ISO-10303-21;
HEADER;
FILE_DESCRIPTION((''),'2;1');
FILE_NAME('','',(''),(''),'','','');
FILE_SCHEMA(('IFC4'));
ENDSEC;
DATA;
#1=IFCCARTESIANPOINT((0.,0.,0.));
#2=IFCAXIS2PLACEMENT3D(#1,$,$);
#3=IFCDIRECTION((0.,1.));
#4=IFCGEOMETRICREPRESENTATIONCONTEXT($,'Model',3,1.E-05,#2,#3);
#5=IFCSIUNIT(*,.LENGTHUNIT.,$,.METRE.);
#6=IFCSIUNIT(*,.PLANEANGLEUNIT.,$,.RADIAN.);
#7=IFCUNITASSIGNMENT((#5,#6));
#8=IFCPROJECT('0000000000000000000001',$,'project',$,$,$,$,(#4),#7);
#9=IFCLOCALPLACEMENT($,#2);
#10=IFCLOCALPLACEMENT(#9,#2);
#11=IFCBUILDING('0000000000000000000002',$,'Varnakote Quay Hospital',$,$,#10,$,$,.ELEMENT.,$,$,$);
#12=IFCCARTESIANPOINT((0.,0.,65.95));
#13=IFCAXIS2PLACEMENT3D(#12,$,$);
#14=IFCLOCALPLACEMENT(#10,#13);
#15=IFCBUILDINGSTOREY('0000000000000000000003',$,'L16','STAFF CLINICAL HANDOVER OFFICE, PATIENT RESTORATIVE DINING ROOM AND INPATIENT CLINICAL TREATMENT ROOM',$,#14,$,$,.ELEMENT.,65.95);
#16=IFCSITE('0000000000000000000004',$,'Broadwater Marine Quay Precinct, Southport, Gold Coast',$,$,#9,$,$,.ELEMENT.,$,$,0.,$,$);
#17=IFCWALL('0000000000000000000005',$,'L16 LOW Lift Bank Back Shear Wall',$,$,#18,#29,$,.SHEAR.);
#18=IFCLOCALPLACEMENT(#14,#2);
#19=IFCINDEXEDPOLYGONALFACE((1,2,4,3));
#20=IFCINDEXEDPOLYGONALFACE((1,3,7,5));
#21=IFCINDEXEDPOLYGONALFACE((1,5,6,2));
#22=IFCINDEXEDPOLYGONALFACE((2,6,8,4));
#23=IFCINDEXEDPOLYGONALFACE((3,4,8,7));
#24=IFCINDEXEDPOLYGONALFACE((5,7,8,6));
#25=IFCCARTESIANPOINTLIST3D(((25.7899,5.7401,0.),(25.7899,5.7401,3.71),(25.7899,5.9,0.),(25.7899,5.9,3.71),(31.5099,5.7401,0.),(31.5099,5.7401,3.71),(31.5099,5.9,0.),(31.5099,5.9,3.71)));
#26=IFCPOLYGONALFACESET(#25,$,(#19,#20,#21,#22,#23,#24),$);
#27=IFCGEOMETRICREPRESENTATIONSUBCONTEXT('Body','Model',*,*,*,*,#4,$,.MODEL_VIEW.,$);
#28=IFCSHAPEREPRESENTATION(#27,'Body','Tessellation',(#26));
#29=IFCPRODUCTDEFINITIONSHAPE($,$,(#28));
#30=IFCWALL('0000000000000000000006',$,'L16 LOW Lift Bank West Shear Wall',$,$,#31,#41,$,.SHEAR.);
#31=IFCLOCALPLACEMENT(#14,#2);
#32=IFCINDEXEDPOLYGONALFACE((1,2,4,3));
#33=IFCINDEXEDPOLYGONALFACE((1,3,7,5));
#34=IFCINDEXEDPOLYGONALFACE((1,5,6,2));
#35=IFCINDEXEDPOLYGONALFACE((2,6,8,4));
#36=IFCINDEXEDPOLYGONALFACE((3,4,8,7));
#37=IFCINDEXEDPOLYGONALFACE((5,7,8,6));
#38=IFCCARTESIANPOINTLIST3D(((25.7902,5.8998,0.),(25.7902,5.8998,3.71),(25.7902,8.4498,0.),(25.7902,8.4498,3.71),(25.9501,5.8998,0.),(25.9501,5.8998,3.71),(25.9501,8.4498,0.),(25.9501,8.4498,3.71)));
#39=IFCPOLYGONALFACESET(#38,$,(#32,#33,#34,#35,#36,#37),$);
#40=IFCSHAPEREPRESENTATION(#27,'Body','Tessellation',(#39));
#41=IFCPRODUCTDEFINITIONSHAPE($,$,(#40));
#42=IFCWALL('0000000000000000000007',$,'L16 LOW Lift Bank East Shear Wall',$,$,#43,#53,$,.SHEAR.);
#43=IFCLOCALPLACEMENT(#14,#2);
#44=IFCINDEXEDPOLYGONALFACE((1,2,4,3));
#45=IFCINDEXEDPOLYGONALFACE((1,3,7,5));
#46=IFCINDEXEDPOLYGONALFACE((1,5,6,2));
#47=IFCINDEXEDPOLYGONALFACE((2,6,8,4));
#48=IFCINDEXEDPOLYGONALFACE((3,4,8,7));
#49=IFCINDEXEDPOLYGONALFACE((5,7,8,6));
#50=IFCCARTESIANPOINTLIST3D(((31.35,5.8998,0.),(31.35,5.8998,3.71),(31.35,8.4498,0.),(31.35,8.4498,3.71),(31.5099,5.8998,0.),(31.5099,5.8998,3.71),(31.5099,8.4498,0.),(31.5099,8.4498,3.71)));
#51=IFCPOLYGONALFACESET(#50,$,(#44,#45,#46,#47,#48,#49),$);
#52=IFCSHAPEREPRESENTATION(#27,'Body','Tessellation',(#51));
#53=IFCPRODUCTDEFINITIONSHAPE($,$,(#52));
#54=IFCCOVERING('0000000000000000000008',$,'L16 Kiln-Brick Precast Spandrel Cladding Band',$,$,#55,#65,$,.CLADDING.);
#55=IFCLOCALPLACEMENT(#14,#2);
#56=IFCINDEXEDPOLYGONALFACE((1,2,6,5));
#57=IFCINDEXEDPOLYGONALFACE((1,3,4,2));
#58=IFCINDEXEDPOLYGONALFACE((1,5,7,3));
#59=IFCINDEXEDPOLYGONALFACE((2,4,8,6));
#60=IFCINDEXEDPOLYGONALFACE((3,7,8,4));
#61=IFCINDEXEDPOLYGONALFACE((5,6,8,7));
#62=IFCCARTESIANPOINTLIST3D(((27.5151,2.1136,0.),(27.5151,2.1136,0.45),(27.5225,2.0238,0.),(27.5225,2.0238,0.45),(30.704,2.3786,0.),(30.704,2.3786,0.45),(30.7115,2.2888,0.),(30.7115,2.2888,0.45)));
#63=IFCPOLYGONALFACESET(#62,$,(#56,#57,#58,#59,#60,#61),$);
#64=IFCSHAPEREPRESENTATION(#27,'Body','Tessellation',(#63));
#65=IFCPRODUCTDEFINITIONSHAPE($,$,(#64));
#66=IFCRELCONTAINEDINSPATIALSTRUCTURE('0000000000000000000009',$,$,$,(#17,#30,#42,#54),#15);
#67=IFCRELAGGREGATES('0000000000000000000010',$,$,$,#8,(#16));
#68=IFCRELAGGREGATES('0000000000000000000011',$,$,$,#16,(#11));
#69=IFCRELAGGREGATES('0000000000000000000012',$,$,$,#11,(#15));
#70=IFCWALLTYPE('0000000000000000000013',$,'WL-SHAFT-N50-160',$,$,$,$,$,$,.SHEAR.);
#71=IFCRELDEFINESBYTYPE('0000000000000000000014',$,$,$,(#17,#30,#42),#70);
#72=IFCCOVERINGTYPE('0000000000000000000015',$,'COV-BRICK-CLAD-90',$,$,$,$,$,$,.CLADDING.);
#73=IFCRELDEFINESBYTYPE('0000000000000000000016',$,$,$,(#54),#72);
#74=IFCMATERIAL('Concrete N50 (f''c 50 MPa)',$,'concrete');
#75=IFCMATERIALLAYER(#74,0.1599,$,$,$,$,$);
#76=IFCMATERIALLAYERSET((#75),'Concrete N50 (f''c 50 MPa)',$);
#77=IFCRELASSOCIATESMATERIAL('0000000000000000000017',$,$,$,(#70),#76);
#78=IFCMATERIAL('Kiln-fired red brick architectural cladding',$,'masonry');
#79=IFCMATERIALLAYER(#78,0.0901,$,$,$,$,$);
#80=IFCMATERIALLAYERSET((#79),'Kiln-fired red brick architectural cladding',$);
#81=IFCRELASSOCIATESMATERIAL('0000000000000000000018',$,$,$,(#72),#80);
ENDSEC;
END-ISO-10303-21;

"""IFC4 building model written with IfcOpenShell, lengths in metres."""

from ifc_helpers import new_model, si_unit, direction, frame, frame_2d, origin, origin_2d, place, context, subcontext, project, spatial, rectangle, extrude, material, layer, layer_set, type_object, element, save


model = new_model("IFC4")

# Units and contexts
model_context = context("Model", 3, precision=1e-05, world=origin(), true_north=direction((0.0, 1.0)))
body_context = subcontext(model_context, "Body", "Model", "MODEL_VIEW")
ifc_project = project(units=[si_unit("LENGTHUNIT", "METRE"), si_unit("PLANEANGLEUNIT", "RADIAN")], contexts=[model_context])

# Site, building, storey
site_placement = place(None, origin())
site = spatial("IfcSite", under=ifc_project, at=site_placement, Name="Broadwater Marine Quay Precinct, Southport, Gold Coast", CompositionType="ELEMENT", RefElevation=0.0)
building_placement = place(site_placement, origin())
building = spatial("IfcBuilding", under=site, at=building_placement, Name="Varnakote Quay Hospital", CompositionType="ELEMENT")
storey_placement = place(building_placement, frame((0.0, 0.0, 65.95)))
storey = spatial("IfcBuildingStorey", under=building, at=storey_placement, Name="L16", Description="STAFF CLINICAL HANDOVER OFFICE, PATIENT RESTORATIVE DINING ROOM AND INPATIENT CLINICAL TREATMENT ROOM", CompositionType="ELEMENT", Elevation=65.95)

# Walls
ifc_material_1 = material(Name="Concrete N50 (f'c 50 MPa)", Category="concrete")
ifc_layer_1 = layer(ifc_material_1, 0.1599)
ifc_layer_set_1 = layer_set([ifc_layer_1], Name="Concrete N50 (f'c 50 MPa)")
wall_type_1 = type_object("IfcWallType", Name="WL-SHAFT-N50-160", PredefinedType="SHEAR", material=ifc_layer_set_1)
wall_1_placement = place(storey_placement, frame((25.79, 5.8201, 0.0), z_axis=(0.0, 0.0, 1.0), x_axis=(1.0, 0.0, 0.0)))
element("IfcWall", 1, at=wall_1_placement, inside=storey, type_object=wall_type_1, Name="L16 LOW Lift Bank Back Shear Wall", PredefinedType="SHEAR", context=body_context, shape_type="SweptSolid", body=[
    extrude(rectangle(XDim=5.72, YDim=0.1599, at=frame_2d((2.8599, 0.0))), origin(), (0.0, 0.0, 1.0), 3.71),
])
for number, where, z_axis, x_axis, name in (
    (2, (25.8701, 5.8999, 0.0), (0.0, 0.0, 1.0), (0.0, 1.0, 0.0), "L16 LOW Lift Bank West Shear Wall"),
    (3, (31.4299, 5.8999, 0.0), (0.0, 0.0, 1.0), (0.0, 1.0, 0.0), "L16 LOW Lift Bank East Shear Wall"),
):
    element("IfcWall", number, at=place(storey_placement, frame(where, z_axis=z_axis, x_axis=x_axis)), inside=storey, type_object=wall_type_1, Name=name, PredefinedType="SHEAR", context=body_context, shape_type="SweptSolid", body=[
        extrude(rectangle(XDim=2.55, YDim=0.1599, at=frame_2d((1.2749, 0.0))), origin(), (0.0, 0.0, 1.0), 3.71),
    ])

# Covering
ifc_material_2 = material(Name="Kiln-fired red brick architectural cladding", Category="masonry")
ifc_layer_2 = layer(ifc_material_2, 0.0901)
ifc_layer_set_2 = layer_set([ifc_layer_2], Name="Kiln-fired red brick architectural cladding")
covering_type = type_object("IfcCoveringType", Name="COV-BRICK-CLAD-90", PredefinedType="CLADDING", material=ifc_layer_set_2)
covering_placement = place(storey_placement, frame((29.1133, 2.2012, 0.0), z_axis=(0.0, 0.0, 1.0), x_axis=(0.996566, 0.082808, 0.0)))
element("IfcCovering", 4, at=covering_placement, inside=storey, type_object=covering_type, Name="L16 Kiln-Brick Precast Spandrel Cladding Band", PredefinedType="CLADDING", context=body_context, shape_type="SweptSolid", body=[
    extrude(rectangle(XDim=3.2, YDim=0.0901, at=origin_2d()), origin(), (0.0, 0.0, 1.0), 0.45),
])

save(model, "model.ifc")
